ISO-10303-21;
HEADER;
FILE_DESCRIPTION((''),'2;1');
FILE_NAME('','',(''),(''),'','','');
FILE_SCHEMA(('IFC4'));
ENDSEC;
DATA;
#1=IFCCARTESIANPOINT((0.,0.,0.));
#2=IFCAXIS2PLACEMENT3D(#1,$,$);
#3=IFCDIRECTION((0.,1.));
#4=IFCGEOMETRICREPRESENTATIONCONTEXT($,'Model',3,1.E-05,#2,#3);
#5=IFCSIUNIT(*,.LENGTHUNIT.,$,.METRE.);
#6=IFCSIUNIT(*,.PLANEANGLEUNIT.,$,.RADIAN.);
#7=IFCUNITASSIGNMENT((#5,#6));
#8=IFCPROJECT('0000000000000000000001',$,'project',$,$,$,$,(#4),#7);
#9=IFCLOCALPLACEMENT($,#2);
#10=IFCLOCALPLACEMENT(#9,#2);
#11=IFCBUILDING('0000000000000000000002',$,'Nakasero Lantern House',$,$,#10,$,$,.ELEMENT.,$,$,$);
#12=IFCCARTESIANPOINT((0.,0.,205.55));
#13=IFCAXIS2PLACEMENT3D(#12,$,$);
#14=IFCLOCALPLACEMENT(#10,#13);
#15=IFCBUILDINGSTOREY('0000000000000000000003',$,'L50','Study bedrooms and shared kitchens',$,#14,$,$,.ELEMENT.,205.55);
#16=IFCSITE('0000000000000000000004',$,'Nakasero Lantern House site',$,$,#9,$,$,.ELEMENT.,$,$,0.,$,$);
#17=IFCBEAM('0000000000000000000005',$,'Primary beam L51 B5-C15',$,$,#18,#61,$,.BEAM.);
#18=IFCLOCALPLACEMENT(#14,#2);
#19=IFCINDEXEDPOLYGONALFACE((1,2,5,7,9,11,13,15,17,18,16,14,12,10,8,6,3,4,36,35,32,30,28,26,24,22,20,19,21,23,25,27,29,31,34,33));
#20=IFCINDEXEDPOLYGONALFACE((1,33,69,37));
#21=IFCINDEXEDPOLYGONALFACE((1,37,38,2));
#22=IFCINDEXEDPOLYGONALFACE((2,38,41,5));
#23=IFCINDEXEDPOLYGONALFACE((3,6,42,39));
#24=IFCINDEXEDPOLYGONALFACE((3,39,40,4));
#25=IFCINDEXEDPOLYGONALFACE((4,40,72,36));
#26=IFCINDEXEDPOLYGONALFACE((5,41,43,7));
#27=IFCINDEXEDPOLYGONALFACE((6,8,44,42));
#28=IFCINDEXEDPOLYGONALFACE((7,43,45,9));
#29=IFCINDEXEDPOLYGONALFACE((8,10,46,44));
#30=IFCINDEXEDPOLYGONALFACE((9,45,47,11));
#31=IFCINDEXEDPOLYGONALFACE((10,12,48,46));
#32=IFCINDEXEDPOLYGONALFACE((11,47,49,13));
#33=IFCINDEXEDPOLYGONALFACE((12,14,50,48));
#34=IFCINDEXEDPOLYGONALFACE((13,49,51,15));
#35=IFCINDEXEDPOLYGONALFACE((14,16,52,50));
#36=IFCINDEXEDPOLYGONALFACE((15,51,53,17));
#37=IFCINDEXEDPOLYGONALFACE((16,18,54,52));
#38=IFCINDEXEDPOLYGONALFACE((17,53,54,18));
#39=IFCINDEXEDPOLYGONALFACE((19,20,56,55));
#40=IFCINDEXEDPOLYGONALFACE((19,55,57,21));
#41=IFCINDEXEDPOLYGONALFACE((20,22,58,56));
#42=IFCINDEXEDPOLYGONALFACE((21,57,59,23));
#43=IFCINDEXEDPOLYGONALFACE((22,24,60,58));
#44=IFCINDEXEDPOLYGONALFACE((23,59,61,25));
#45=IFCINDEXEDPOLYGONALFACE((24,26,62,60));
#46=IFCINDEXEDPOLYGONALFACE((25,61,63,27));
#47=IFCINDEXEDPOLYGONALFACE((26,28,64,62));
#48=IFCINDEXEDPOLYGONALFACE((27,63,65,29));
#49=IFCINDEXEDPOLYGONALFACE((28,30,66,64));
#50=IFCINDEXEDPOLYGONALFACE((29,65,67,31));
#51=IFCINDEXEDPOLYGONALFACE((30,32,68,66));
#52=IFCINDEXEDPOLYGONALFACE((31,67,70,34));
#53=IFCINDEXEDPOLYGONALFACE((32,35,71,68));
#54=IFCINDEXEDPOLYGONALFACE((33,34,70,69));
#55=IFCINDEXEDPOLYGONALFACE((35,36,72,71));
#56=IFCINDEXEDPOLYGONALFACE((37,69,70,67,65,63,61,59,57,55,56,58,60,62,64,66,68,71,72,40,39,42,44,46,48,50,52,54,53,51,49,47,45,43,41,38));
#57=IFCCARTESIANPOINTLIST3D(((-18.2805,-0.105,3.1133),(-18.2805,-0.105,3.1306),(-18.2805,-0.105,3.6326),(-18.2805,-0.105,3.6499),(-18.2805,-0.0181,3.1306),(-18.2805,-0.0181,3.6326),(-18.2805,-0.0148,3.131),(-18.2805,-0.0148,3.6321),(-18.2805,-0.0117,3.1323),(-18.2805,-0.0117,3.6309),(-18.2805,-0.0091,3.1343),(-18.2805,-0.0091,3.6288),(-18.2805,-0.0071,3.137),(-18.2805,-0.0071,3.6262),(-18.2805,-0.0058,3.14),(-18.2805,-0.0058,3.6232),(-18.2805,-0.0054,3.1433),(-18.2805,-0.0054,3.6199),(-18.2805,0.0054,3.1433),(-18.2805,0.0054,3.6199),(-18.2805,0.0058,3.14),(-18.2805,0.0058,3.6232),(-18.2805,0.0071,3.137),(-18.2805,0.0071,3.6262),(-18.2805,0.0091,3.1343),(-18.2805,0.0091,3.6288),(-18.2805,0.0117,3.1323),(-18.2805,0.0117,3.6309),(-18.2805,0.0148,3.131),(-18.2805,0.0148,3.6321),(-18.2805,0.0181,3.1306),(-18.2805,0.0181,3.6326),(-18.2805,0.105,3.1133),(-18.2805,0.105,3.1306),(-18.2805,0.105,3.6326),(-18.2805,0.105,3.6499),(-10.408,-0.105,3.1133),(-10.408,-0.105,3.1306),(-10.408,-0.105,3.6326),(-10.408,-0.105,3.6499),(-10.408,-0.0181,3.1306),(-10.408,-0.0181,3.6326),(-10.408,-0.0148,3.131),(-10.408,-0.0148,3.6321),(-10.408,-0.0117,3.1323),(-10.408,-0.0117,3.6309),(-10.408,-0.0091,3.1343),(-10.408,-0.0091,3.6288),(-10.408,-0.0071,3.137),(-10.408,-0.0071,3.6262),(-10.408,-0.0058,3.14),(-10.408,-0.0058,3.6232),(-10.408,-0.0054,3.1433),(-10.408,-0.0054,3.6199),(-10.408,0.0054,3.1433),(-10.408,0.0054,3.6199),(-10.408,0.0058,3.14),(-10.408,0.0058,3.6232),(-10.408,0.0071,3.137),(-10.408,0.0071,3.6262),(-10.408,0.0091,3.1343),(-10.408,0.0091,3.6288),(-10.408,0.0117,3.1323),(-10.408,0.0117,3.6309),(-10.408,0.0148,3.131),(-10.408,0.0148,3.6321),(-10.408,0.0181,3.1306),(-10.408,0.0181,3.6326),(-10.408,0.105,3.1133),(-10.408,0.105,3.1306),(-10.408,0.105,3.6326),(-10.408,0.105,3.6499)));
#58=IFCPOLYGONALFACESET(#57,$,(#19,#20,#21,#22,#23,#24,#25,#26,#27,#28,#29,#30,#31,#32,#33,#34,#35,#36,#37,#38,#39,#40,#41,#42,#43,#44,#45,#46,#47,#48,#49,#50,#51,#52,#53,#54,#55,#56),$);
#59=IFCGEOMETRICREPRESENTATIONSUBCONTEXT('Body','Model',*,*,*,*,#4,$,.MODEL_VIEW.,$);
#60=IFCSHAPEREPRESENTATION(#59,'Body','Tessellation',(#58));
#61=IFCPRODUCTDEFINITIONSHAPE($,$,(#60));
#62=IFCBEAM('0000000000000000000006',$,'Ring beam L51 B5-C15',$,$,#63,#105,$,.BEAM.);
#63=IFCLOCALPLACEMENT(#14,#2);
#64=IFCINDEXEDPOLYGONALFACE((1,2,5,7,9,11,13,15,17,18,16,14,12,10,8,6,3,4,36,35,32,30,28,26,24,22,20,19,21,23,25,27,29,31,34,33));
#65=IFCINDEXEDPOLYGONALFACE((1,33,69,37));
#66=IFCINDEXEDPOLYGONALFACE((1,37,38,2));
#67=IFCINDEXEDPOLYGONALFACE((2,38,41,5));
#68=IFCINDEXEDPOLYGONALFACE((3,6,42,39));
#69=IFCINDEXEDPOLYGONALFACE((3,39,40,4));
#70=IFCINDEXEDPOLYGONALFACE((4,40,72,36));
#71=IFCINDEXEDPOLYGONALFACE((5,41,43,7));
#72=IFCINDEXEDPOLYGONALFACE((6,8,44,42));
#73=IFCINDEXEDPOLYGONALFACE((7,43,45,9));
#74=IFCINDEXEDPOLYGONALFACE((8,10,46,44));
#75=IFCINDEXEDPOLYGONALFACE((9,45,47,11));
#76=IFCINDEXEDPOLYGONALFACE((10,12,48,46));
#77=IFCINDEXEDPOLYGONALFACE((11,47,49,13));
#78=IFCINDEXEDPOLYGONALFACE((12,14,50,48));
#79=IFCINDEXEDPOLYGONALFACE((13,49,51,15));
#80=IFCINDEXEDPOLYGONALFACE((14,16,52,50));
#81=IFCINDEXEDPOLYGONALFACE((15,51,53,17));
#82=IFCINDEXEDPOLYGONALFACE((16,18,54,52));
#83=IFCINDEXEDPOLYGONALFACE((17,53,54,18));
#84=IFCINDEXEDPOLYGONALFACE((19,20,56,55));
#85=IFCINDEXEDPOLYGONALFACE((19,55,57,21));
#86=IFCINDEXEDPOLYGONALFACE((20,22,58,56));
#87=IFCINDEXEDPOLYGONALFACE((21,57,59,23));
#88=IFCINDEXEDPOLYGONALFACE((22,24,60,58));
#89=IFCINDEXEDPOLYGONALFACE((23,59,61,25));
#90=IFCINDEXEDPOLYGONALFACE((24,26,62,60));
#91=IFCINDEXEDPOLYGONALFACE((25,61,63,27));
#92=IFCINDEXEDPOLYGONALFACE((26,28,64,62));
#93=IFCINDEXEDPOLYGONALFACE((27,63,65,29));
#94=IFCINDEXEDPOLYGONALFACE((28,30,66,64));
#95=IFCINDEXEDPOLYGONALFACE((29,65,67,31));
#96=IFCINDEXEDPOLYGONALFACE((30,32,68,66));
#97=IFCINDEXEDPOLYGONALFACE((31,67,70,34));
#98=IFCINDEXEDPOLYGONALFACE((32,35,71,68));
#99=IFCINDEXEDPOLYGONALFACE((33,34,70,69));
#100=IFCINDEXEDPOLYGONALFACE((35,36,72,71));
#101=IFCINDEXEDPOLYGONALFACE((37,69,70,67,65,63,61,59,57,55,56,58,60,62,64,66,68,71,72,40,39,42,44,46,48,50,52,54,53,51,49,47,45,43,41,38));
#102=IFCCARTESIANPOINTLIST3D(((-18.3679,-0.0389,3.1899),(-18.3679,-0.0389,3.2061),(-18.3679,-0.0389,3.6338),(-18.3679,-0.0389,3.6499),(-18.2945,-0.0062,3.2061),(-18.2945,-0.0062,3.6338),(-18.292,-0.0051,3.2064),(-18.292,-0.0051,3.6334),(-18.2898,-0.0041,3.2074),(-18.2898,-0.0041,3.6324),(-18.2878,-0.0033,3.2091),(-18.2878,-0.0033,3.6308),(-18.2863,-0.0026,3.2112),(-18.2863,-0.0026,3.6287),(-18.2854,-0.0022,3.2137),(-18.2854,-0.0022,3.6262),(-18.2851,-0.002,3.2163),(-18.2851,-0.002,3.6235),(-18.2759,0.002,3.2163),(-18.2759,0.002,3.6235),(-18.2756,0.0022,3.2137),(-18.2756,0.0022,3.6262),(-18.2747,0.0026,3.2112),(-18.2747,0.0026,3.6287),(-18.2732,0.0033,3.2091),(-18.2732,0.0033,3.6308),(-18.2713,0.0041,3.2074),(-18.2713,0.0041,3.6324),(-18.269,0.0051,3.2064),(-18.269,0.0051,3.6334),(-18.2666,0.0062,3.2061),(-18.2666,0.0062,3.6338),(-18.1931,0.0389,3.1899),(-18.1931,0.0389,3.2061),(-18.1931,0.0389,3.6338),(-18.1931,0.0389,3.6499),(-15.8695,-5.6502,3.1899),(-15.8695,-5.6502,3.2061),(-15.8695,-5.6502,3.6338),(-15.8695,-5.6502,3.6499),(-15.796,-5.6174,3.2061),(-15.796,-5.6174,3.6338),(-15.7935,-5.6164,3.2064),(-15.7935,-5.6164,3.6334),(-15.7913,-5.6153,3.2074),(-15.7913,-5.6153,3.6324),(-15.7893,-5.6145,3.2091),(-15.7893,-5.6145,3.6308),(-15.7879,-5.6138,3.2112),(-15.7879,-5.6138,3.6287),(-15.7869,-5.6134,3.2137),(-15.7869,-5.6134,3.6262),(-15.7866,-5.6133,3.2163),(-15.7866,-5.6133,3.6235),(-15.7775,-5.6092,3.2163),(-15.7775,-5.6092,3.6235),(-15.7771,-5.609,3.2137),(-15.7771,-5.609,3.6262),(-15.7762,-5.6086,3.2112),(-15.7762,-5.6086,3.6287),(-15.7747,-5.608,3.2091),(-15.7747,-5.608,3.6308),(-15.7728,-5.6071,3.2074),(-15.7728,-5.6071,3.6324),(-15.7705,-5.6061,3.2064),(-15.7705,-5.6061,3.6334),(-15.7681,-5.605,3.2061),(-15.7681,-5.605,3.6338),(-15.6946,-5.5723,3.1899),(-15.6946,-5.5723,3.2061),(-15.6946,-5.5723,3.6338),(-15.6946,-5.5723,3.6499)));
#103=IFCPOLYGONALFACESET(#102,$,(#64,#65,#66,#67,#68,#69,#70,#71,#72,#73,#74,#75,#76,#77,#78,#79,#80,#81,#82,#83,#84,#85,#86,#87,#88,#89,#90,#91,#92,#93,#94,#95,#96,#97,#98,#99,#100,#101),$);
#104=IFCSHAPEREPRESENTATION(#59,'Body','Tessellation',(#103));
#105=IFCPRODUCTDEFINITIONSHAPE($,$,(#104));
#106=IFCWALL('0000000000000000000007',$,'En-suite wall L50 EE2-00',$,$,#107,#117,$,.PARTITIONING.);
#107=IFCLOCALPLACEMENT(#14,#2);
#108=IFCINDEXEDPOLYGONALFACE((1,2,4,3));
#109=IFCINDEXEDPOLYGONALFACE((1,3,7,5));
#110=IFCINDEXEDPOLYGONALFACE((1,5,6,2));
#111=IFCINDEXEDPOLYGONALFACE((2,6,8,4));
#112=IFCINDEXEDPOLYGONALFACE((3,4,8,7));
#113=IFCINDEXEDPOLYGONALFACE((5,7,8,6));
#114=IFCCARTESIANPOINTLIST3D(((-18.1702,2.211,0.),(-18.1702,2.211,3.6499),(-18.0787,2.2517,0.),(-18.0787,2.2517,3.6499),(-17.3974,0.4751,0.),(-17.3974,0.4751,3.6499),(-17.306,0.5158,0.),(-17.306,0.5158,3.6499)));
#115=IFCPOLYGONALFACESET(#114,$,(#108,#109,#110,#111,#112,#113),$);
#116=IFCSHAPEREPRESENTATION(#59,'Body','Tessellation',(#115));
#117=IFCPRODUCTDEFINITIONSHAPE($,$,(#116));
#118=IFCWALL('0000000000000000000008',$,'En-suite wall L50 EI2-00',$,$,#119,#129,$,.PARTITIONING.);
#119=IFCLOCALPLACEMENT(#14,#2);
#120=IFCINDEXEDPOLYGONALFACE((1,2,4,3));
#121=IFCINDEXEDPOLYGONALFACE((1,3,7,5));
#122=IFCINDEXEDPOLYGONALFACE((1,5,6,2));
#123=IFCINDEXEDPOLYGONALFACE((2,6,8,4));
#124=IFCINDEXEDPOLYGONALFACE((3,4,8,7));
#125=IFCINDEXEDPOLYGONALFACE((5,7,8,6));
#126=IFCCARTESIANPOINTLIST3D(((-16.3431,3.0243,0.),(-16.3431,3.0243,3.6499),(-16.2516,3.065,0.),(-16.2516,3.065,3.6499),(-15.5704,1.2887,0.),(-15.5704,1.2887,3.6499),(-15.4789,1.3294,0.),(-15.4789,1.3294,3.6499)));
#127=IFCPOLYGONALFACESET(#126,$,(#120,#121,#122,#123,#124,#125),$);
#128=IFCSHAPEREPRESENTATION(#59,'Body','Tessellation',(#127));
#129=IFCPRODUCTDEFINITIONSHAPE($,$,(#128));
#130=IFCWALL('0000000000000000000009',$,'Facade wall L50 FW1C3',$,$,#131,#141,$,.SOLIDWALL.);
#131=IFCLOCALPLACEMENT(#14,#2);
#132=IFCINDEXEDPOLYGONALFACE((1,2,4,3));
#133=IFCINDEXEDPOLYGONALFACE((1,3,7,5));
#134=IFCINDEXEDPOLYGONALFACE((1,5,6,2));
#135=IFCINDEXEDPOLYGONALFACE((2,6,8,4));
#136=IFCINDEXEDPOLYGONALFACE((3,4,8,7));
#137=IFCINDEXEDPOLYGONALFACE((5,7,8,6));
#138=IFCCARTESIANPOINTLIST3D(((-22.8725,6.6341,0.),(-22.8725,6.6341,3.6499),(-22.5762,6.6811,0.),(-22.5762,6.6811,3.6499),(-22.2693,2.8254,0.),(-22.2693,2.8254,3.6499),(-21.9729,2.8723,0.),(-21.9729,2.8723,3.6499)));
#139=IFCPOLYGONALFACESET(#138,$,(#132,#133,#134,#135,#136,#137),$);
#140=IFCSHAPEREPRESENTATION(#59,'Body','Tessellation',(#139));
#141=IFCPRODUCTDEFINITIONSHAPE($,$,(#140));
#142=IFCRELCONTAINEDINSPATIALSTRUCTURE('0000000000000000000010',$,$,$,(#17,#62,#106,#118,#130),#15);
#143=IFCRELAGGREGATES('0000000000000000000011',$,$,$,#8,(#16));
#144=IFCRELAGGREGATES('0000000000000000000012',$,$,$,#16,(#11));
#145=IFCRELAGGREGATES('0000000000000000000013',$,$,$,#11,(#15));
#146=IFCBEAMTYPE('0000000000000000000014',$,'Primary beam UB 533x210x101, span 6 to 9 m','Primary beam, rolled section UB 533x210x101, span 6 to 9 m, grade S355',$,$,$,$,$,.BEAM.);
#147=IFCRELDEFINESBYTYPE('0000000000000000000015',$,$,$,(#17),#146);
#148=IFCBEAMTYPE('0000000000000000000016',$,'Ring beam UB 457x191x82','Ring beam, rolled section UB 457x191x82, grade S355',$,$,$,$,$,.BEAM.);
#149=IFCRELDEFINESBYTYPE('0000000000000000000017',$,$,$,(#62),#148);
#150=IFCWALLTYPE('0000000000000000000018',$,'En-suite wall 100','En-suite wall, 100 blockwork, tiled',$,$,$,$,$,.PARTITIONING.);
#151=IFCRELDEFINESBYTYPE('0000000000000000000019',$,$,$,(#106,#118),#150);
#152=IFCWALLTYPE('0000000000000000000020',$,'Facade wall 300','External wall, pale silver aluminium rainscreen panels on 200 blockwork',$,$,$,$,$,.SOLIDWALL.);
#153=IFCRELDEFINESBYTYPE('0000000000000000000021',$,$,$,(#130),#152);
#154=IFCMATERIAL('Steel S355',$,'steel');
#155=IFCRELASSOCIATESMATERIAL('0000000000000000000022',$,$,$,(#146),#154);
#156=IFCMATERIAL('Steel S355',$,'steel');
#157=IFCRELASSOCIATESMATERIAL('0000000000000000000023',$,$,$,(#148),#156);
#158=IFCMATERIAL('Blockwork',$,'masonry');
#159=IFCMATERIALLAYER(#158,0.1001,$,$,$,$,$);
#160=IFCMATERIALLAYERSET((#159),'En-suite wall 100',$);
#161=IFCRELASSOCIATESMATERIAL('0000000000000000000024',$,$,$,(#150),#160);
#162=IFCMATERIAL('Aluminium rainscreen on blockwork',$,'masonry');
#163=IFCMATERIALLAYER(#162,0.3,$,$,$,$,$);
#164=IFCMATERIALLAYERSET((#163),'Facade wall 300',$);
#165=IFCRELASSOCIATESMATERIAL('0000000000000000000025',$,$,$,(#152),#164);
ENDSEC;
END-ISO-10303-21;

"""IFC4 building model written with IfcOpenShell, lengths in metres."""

from ifc_helpers import new_model, si_unit, direction, frame, frame_2d, origin, origin_2d, place, context, subcontext, project, spatial, rectangle, i_section, extrude, material, layer, layer_set, material_profile, profile_set, type_object, element, save


model = new_model("IFC4")

# Units and contexts
model_context = context("Model", 3, precision=1e-05, world=origin(), true_north=direction((0.0, 1.0)))
body_context = subcontext(model_context, "Body", "Model", "MODEL_VIEW")
ifc_project = project(units=[si_unit("LENGTHUNIT", "METRE"), si_unit("PLANEANGLEUNIT", "RADIAN")], contexts=[model_context])

# Site, building, storey
site_placement = place(None, origin())
site = spatial("IfcSite", under=ifc_project, at=site_placement, Name="Nakasero Lantern House site", CompositionType="ELEMENT", RefElevation=0.0)
building_placement = place(site_placement, origin())
building = spatial("IfcBuilding", under=site, at=building_placement, Name="Nakasero Lantern House", CompositionType="ELEMENT")
storey_placement = place(building_placement, frame((0.0, 0.0, 205.55)))
storey = spatial("IfcBuildingStorey", under=building, at=storey_placement, Name="L50", Description="Study bedrooms and shared kitchens", CompositionType="ELEMENT", Elevation=205.55)

# Beams
ifc_material_1 = material(Name="Steel S355", Category="steel")
ifc_material_profile_1 = material_profile(ifc_material_1, i_section(OverallWidth=0.21, OverallDepth=0.5366, WebThickness=0.0107, FlangeThickness=0.0173, FilletRadius=0.0127, at=origin_2d()), Name="UB 533x210x101")
ifc_profile_set_1 = profile_set([ifc_material_profile_1], Name="Steel S355")
beam_type_1 = type_object("IfcBeamType", Name="Primary beam UB 533x210x101, span 6 to 9 m", Description="Primary beam, rolled section UB 533x210x101, span 6 to 9 m, grade S355", PredefinedType="BEAM", material=ifc_profile_set_1)
beam_1_placement = place(storey_placement, frame((-18.2805, 0.0, 3.3816), z_axis=(1.0, 0.0, 0.0), x_axis=(0.0, 1.0, 0.0)))
element("IfcBeam", 1, at=beam_1_placement, inside=storey, type_object=beam_type_1, Name="Primary beam L51 B5-C15", PredefinedType="BEAM", context=body_context, shape_type="SweptSolid", body=[
    extrude(i_section(OverallWidth=0.21, OverallDepth=0.5366, WebThickness=0.0107, FlangeThickness=0.0173, FilletRadius=0.0127, at=origin_2d()), origin(), (0.0, 0.0, 1.0), 7.8726),
])
ifc_material_2 = material(Name="Steel S355", Category="steel")
ifc_material_profile_2 = material_profile(ifc_material_2, i_section(OverallWidth=0.1914, OverallDepth=0.46, WebThickness=0.01, FlangeThickness=0.0161, FilletRadius=0.0103, at=origin_2d()), Name="UB 457x191x82")
ifc_profile_set_2 = profile_set([ifc_material_profile_2], Name="Steel S355")
beam_type_2 = type_object("IfcBeamType", Name="Ring beam UB 457x191x82", Description="Ring beam, rolled section UB 457x191x82, grade S355", PredefinedType="BEAM", material=ifc_profile_set_2)
beam_2_placement = place(storey_placement, frame((-18.2805, 0.0, 3.4199), z_axis=(0.406765, -0.913533, 0.0), x_axis=(0.913533, 0.406765, 0.0)))
element("IfcBeam", 2, at=beam_2_placement, inside=storey, type_object=beam_type_2, Name="Ring beam L51 B5-C15", PredefinedType="BEAM", context=body_context, shape_type="SweptSolid", body=[
    extrude(i_section(OverallWidth=0.1914, OverallDepth=0.46, WebThickness=0.01, FlangeThickness=0.0161, FilletRadius=0.0103, at=origin_2d()), origin(), (0.0, 0.0, 1.0), 6.1423),
])

# Walls
ifc_material_3 = material(Name="Blockwork", Category="masonry")
ifc_layer_1 = layer(ifc_material_3, 0.1001)
ifc_layer_set_1 = layer_set([ifc_layer_1], Name="En-suite wall 100")
wall_type_1 = type_object("IfcWallType", Name="En-suite wall 100", Description="En-suite wall, 100 blockwork, tiled", PredefinedType="PARTITIONING", material=ifc_layer_set_1)
wall_1_placement = place(storey_placement, frame((-18.1245, 2.2314, 0.0), z_axis=(0.0, 0.0, 1.0), x_axis=(0.406675, -0.913573, 0.0)))
element("IfcWall", 3, at=wall_1_placement, inside=storey, type_object=wall_type_1, Name="En-suite wall L50 EE2-00", PredefinedType="PARTITIONING", context=body_context, shape_type="SweptSolid", body=[
    extrude(rectangle(XDim=1.9001, YDim=0.1001, at=frame_2d((0.9502, 0.0))), origin(), (0.0, 0.0, 1.0), 3.6499),
])
wall_2_placement = place(storey_placement, frame((-16.2974, 3.0447, 0.0), z_axis=(0.0, 0.0, 1.0), x_axis=(0.406723, -0.913552, 0.0)))
element("IfcWall", 4, at=wall_2_placement, inside=storey, type_object=wall_type_1, Name="En-suite wall L50 EI2-00", PredefinedType="PARTITIONING", context=body_context, shape_type="SweptSolid", body=[
    extrude(rectangle(XDim=1.8999, YDim=0.1001, at=frame_2d((0.95, 0.0))), origin(), (0.0, 0.0, 1.0), 3.6499),
])
ifc_material_4 = material(Name="Aluminium rainscreen on blockwork", Category="masonry")
ifc_layer_2 = layer(ifc_material_4, 0.3)
ifc_layer_set_2 = layer_set([ifc_layer_2], Name="Facade wall 300")
wall_type_2 = type_object("IfcWallType", Name="Facade wall 300", Description="External wall, pale silver aluminium rainscreen panels on 200 blockwork", PredefinedType="SOLIDWALL", material=ifc_layer_set_2)
wall_3_placement = place(storey_placement, frame((-22.7244, 6.6577, 0.0), z_axis=(0.0, 0.0, 1.0), x_axis=(0.156437, -0.987688, 0.0)))
element("IfcWall", 5, at=wall_3_placement, inside=storey, type_object=wall_type_2, Name="Facade wall L50 FW1C3", PredefinedType="SOLIDWALL", context=body_context, shape_type="SweptSolid", body=[
    extrude(rectangle(XDim=3.8562, YDim=0.3, at=frame_2d((1.9282, 0.0))), origin(), (0.0, 0.0, 1.0), 3.6499),
])

save(model, "model.ifc")
